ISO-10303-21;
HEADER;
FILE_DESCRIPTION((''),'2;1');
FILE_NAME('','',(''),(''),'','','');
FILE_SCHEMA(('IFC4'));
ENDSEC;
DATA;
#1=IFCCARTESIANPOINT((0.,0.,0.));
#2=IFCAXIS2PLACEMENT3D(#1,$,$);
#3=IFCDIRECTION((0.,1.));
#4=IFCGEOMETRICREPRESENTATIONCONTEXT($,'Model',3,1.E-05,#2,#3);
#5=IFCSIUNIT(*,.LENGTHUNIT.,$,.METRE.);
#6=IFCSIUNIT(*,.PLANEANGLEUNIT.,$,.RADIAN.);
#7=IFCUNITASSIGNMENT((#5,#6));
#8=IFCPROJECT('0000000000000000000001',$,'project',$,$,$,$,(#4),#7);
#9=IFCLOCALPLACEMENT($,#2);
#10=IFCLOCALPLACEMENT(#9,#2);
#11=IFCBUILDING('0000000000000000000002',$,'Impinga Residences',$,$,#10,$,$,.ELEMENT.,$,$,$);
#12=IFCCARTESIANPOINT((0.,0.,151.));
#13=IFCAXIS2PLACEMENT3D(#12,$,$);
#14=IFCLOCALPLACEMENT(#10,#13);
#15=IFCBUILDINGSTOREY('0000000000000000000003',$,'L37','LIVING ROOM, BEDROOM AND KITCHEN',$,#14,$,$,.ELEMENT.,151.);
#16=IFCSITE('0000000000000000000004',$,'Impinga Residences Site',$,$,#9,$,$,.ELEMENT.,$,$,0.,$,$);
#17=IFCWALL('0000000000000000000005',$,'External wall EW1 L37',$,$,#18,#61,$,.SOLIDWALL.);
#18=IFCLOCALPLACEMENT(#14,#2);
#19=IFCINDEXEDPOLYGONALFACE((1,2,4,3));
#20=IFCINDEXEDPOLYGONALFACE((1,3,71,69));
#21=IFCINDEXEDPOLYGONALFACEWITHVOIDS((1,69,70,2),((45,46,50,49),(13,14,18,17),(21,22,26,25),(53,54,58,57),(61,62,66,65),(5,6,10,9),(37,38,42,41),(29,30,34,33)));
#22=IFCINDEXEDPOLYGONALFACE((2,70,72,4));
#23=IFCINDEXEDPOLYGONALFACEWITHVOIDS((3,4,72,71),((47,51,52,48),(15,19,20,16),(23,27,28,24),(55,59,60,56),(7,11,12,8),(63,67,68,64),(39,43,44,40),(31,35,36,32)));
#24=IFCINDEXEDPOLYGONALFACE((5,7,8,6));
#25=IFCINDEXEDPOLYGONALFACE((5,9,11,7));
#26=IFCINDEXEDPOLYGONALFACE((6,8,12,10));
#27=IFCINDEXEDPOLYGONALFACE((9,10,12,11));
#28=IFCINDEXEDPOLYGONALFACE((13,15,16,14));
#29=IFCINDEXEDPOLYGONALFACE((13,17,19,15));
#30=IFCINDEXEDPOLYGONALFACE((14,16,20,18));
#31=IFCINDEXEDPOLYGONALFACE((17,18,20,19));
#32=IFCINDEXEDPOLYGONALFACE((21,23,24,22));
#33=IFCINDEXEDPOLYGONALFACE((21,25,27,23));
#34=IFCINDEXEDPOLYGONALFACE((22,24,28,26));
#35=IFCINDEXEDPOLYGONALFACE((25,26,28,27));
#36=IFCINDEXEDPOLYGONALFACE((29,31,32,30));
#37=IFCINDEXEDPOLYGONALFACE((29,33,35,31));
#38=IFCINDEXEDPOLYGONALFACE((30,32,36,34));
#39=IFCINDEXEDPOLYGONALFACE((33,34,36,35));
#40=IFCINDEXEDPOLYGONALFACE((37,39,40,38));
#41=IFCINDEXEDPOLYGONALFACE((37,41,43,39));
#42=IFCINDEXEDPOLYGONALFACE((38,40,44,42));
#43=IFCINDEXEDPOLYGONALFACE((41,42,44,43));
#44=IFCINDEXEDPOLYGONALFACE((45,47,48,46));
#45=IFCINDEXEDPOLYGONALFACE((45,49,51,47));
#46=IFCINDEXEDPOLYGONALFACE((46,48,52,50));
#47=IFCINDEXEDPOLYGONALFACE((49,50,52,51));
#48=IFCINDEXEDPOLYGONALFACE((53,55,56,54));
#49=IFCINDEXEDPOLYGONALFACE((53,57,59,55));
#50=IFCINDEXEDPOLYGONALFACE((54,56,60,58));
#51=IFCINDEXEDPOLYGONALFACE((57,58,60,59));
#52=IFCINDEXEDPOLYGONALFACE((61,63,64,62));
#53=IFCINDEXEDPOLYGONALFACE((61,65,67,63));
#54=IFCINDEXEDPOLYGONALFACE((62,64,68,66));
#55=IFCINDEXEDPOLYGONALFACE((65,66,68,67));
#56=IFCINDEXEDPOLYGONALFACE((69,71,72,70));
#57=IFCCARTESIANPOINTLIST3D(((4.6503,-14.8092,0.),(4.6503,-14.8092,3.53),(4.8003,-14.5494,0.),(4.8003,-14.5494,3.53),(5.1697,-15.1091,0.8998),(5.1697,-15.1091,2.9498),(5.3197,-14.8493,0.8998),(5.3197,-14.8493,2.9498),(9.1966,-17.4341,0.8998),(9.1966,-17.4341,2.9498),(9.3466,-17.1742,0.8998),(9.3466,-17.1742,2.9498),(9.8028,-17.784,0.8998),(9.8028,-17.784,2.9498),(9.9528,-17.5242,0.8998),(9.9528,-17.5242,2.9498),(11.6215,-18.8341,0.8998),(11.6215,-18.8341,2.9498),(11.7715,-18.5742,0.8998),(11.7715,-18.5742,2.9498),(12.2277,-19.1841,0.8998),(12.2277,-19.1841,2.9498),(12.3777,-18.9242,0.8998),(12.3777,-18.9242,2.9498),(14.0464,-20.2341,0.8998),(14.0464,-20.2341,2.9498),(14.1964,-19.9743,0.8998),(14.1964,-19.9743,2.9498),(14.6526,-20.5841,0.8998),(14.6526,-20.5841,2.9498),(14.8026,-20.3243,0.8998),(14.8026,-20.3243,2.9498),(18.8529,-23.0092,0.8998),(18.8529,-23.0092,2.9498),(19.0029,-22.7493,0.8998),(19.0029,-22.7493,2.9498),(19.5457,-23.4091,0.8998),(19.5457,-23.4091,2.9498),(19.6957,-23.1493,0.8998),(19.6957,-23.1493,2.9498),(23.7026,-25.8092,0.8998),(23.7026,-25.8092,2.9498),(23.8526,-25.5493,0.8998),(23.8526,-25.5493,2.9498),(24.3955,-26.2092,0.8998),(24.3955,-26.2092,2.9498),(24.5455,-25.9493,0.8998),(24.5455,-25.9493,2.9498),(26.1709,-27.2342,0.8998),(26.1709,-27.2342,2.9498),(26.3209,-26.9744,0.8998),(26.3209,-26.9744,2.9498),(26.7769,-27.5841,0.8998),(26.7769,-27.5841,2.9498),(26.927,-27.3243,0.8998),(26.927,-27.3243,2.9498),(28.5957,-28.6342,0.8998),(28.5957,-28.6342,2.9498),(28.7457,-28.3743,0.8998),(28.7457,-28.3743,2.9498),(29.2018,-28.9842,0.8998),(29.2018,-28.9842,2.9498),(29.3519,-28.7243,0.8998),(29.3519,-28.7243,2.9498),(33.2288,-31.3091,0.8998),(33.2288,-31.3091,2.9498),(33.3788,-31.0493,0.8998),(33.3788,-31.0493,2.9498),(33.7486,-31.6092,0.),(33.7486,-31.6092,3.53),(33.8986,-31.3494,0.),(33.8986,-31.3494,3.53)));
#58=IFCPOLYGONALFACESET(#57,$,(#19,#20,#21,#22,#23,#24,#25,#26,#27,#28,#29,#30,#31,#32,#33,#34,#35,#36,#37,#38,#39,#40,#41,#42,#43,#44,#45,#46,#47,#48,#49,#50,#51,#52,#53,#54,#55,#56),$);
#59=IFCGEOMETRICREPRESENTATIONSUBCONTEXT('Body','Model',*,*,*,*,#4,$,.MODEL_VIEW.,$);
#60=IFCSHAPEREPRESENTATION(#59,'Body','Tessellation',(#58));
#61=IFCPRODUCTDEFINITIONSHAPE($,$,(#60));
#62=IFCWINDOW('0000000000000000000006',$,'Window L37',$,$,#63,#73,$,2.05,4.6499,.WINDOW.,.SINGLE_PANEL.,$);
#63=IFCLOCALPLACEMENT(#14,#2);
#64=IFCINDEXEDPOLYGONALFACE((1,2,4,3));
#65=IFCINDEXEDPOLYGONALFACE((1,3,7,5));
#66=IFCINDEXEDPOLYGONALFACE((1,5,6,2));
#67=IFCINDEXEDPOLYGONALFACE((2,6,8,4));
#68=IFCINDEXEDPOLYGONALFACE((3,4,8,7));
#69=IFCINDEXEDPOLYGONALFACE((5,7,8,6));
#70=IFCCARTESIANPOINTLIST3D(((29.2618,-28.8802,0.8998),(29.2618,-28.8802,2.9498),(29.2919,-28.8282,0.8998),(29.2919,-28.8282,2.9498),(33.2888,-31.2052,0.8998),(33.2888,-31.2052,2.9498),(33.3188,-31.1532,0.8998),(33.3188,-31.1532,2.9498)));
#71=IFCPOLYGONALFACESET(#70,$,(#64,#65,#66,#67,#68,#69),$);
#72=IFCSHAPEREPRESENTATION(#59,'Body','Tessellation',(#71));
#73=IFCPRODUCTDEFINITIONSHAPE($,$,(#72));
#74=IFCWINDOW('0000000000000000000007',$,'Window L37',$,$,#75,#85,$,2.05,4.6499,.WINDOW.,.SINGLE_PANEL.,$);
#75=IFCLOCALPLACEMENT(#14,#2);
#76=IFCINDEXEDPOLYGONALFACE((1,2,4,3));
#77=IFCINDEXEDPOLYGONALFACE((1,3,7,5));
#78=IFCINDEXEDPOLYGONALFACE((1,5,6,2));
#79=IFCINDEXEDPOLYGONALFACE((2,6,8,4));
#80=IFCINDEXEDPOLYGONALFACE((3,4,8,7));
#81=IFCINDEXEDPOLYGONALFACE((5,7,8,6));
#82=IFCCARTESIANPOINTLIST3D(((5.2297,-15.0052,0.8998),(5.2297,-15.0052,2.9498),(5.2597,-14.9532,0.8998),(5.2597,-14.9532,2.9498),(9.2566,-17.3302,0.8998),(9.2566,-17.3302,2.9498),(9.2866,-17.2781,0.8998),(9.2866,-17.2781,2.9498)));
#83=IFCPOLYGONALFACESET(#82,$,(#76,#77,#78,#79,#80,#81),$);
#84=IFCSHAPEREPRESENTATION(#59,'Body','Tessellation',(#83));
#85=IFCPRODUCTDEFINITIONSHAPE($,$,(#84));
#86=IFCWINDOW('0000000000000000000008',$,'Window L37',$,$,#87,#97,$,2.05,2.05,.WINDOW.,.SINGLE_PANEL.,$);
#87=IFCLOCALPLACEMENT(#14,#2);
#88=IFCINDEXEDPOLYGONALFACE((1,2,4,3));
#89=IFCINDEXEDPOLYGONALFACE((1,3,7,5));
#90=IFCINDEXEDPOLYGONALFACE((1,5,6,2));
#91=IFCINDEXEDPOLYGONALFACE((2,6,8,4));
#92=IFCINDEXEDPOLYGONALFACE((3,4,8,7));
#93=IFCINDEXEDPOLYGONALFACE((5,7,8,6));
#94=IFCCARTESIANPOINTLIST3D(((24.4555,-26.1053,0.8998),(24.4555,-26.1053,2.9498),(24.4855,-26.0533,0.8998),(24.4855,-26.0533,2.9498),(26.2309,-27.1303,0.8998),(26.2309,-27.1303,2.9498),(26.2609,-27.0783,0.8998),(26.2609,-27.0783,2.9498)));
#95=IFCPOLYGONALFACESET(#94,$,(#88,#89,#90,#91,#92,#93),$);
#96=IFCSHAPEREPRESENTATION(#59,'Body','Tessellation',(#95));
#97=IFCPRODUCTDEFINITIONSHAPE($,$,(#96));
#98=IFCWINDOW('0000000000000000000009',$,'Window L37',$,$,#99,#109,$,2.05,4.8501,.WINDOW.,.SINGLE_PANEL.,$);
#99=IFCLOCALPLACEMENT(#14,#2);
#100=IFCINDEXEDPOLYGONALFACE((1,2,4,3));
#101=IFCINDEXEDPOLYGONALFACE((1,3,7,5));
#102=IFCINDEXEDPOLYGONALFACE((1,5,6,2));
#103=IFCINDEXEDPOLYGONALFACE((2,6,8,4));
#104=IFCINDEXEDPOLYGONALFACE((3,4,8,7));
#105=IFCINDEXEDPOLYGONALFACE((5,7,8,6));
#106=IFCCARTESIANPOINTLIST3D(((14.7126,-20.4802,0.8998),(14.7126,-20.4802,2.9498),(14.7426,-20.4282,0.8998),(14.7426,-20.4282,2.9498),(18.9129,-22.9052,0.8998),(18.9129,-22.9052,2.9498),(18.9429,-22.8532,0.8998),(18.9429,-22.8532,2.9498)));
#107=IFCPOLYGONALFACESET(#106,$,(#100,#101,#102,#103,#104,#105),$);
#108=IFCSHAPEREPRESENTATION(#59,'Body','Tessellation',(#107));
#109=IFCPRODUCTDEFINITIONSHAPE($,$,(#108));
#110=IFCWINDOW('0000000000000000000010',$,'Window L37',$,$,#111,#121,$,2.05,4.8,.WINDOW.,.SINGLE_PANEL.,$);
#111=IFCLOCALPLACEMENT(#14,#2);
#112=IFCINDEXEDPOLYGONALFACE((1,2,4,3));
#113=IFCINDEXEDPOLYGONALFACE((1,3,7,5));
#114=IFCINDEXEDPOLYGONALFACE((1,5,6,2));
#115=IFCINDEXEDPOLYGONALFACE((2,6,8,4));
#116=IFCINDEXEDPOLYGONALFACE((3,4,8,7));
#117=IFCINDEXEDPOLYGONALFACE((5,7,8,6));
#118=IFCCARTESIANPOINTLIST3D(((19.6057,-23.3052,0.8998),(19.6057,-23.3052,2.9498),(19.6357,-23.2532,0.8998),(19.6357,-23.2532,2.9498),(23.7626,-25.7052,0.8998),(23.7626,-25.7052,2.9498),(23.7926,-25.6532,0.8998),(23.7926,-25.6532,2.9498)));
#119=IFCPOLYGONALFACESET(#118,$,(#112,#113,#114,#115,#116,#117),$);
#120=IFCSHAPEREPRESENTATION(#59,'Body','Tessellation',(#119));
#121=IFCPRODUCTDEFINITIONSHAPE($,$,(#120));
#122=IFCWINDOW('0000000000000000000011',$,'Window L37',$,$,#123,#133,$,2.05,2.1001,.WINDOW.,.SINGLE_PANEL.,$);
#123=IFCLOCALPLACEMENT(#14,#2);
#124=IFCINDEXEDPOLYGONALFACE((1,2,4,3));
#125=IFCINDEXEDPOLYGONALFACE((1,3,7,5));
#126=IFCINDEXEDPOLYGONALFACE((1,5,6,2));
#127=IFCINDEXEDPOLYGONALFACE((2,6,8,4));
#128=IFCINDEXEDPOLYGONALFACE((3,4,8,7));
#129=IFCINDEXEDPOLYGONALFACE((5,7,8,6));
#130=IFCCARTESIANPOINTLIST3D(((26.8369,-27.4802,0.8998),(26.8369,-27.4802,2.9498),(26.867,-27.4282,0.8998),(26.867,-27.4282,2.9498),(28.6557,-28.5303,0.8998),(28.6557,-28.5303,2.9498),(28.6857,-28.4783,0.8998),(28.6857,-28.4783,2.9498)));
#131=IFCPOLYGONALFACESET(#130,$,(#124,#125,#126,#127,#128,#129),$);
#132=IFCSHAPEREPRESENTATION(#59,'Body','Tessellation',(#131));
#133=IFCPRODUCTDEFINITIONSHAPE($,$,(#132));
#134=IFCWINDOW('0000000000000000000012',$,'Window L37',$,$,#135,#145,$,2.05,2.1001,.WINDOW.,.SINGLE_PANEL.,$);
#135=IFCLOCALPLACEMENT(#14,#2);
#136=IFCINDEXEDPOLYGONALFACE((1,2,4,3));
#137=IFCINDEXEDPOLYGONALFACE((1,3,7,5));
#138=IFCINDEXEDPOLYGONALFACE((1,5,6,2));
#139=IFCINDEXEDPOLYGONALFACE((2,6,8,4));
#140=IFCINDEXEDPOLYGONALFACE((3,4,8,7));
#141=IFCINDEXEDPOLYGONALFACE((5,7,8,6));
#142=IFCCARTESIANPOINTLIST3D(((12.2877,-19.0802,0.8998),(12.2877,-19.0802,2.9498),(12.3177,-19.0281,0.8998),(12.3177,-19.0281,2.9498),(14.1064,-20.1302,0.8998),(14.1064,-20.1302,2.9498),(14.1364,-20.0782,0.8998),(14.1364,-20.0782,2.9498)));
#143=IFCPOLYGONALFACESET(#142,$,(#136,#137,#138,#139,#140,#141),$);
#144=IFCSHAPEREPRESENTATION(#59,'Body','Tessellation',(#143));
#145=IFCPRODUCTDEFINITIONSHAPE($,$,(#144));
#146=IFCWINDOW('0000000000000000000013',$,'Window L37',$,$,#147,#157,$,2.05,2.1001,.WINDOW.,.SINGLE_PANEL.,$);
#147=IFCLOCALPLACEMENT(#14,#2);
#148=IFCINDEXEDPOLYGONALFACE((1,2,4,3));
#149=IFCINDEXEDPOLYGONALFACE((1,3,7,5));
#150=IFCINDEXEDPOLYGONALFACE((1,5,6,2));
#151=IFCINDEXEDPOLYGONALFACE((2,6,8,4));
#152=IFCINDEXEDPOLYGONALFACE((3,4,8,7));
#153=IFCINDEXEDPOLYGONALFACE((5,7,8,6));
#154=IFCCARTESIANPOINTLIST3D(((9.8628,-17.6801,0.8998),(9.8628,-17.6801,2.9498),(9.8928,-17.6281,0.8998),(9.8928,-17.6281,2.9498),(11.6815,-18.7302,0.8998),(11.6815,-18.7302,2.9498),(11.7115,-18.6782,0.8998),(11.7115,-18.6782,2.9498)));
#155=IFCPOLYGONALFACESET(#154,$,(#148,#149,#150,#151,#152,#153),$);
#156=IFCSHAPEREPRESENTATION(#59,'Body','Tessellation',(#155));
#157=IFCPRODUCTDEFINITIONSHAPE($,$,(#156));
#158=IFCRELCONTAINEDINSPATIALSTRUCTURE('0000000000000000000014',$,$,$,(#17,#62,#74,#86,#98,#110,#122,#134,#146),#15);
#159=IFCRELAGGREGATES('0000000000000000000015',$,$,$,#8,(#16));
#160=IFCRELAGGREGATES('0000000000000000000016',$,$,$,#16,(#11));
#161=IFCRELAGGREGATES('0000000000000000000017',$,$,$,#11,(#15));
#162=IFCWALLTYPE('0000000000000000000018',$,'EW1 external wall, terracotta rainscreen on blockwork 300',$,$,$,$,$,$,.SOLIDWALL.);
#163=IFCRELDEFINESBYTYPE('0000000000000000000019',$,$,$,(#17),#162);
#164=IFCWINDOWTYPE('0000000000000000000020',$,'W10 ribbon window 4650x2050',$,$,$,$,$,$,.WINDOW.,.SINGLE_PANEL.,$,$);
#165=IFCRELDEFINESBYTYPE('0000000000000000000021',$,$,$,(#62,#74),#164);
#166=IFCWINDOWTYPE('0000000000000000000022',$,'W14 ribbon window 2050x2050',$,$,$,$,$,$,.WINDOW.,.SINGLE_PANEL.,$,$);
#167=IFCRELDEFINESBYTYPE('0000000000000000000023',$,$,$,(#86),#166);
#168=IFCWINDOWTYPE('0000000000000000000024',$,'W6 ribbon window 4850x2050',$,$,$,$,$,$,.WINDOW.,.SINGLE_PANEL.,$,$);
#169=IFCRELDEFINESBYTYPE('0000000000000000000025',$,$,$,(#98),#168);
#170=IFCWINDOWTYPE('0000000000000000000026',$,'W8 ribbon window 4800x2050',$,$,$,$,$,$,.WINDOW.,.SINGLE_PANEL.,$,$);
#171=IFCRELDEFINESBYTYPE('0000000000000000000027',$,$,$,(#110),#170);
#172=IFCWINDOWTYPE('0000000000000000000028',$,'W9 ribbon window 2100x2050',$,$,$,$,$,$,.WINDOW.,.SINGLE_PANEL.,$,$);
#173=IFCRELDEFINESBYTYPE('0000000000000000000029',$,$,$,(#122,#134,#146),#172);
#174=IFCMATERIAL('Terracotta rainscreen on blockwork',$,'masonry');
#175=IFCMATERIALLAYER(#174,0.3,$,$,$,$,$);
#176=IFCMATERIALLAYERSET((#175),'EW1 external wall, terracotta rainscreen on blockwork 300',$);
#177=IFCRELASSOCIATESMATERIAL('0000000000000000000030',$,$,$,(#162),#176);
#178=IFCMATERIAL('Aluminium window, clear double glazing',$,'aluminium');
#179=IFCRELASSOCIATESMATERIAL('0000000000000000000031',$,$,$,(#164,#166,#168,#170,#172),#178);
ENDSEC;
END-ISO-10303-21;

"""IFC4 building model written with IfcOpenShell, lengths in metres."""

from ifc_helpers import new_model, si_unit, direction, frame, frame_2d, origin, place, context, subcontext, project, spatial, rectangle, extrude, material, layer, layer_set, type_object, element, fill, save


model = new_model("IFC4")

# Units and contexts
model_context = context("Model", 3, precision=1e-05, world=origin(), true_north=direction((0.0, 1.0)))
body_context = subcontext(model_context, "Body", "Model", "MODEL_VIEW")
ifc_project = project(units=[si_unit("LENGTHUNIT", "METRE"), si_unit("PLANEANGLEUNIT", "RADIAN")], contexts=[model_context])

# Site, building, storey
site_placement = place(None, origin())
site = spatial("IfcSite", under=ifc_project, at=site_placement, Name="Impinga Residences Site", CompositionType="ELEMENT", RefElevation=0.0)
building_placement = place(site_placement, origin())
building = spatial("IfcBuilding", under=site, at=building_placement, Name="Impinga Residences", CompositionType="ELEMENT")
storey_placement = place(building_placement, frame((0.0, 0.0, 151.0)))
storey = spatial("IfcBuildingStorey", under=building, at=storey_placement, Name="L37", Description="LIVING ROOM, BEDROOM AND KITCHEN", CompositionType="ELEMENT", Elevation=151.0)

# Wall, openings, windows
ifc_material_1 = material(Name="Terracotta rainscreen on blockwork", Category="masonry")
ifc_layer_1 = layer(ifc_material_1, 0.3)
ifc_layer_set_1 = layer_set([ifc_layer_1], Name="EW1 external wall, terracotta rainscreen on blockwork 300")
wall_type_1 = type_object("IfcWallType", Name="EW1 external wall, terracotta rainscreen on blockwork 300", PredefinedType="SOLIDWALL", material=ifc_layer_set_1)
wall_1_placement = place(storey_placement, frame((33.8235, -31.4792, 0.0), z_axis=(0.0, 0.0, 1.0), x_axis=(-0.866024, 0.500002, 0.0)))
wall_1 = element("IfcWall", 1, at=wall_1_placement, inside=storey, type_object=wall_type_1, Name="External wall EW1 L37", PredefinedType="SOLIDWALL", context=body_context, shape_type="SweptSolid", body=[
    extrude(rectangle(XDim=33.5999, YDim=0.3, at=frame_2d((16.7998, 0.0))), origin(), (0.0, 0.0, 1.0), 3.53),
])
opening_1_placement = place(wall_1_placement, frame((0.6001, 0.0, 0.8999)))
opening_1 = element("IfcOpeningElement", 2, at=opening_1_placement, cuts=wall_1, PredefinedType="OPENING", context=body_context, shape_type="SweptSolid", body=[
    extrude(rectangle(XDim=4.6499, YDim=2.05, at=frame_2d((2.325, 1.0249))), frame((0.0, 0.1599, 0.0), z_axis=(0.0, -1.0, 0.0), x_axis=(1.0, 0.0, 0.0)), (0.0, 0.0, 1.0), 0.3201),
])
opening_2_placement = place(wall_1_placement, frame((5.95, 0.0, 0.8999)))
opening_2 = element("IfcOpeningElement", 3, at=opening_2_placement, cuts=wall_1, PredefinedType="OPENING", context=body_context, shape_type="SweptSolid", body=[
    extrude(rectangle(XDim=2.1001, YDim=2.05, at=frame_2d((1.05, 1.0249))), frame((0.0, 0.1599, 0.0), z_axis=(0.0, -1.0, 0.0), x_axis=(1.0, 0.0, 0.0)), (0.0, 0.0, 1.0), 0.3201),
])
opening_3_placement = place(wall_1_placement, frame((8.75, 0.0, 0.8999)))
opening_3 = element("IfcOpeningElement", 4, at=opening_3_placement, cuts=wall_1, PredefinedType="OPENING", context=body_context, shape_type="SweptSolid", body=[
    extrude(rectangle(XDim=2.05, YDim=2.05, at=frame_2d((1.0249, 1.0249))), frame((0.0, 0.1599, 0.0), z_axis=(0.0, -1.0, 0.0), x_axis=(1.0, 0.0, 0.0)), (0.0, 0.0, 1.0), 0.3201),
])
opening_4_placement = place(wall_1_placement, frame((11.6001, 0.0, 0.8999)))
opening_4 = element("IfcOpeningElement", 5, at=opening_4_placement, cuts=wall_1, PredefinedType="OPENING", context=body_context, shape_type="SweptSolid", body=[
    extrude(rectangle(XDim=4.8, YDim=2.05, at=frame_2d((2.3999, 1.0249))), frame((0.0, 0.1599, 0.0), z_axis=(0.0, -1.0, 0.0), x_axis=(1.0, 0.0, 0.0)), (0.0, 0.0, 1.0), 0.3201),
])
opening_5_placement = place(wall_1_placement, frame((17.2, 0.0, 0.8999)))
opening_5 = element("IfcOpeningElement", 6, at=opening_5_placement, cuts=wall_1, PredefinedType="OPENING", context=body_context, shape_type="SweptSolid", body=[
    extrude(rectangle(XDim=4.8501, YDim=2.05, at=frame_2d((2.425, 1.0249))), frame((0.0, 0.1599, 0.0), z_axis=(0.0, -1.0, 0.0), x_axis=(1.0, 0.0, 0.0)), (0.0, 0.0, 1.0), 0.3201),
])
opening_6_placement = place(wall_1_placement, frame((22.75, 0.0, 0.8999)))
opening_6 = element("IfcOpeningElement", 7, at=opening_6_placement, cuts=wall_1, PredefinedType="OPENING", context=body_context, shape_type="SweptSolid", body=[
    extrude(rectangle(XDim=2.1001, YDim=2.05, at=frame_2d((1.05, 1.0249))), frame((0.0, 0.1599, 0.0), z_axis=(0.0, -1.0, 0.0), x_axis=(1.0, 0.0, 0.0)), (0.0, 0.0, 1.0), 0.3201),
])
opening_7_placement = place(wall_1_placement, frame((25.55, 0.0, 0.8999)))
opening_7 = element("IfcOpeningElement", 8, at=opening_7_placement, cuts=wall_1, PredefinedType="OPENING", context=body_context, shape_type="SweptSolid", body=[
    extrude(rectangle(XDim=2.1001, YDim=2.05, at=frame_2d((1.05, 1.0249))), frame((0.0, 0.1599, 0.0), z_axis=(0.0, -1.0, 0.0), x_axis=(1.0, 0.0, 0.0)), (0.0, 0.0, 1.0), 0.3201),
])
opening_8_placement = place(wall_1_placement, frame((28.3501, 0.0, 0.8999)))
opening_8 = element("IfcOpeningElement", 9, at=opening_8_placement, cuts=wall_1, PredefinedType="OPENING", context=body_context, shape_type="SweptSolid", body=[
    extrude(rectangle(XDim=4.6499, YDim=2.05, at=frame_2d((2.325, 1.0249))), frame((0.0, 0.1599, 0.0), z_axis=(0.0, -1.0, 0.0), x_axis=(1.0, 0.0, 0.0)), (0.0, 0.0, 1.0), 0.3201),
])
ifc_material_2 = material(Name="Aluminium window, clear double glazing", Category="aluminium")
window_type_1 = type_object("IfcWindowType", Name="W10 ribbon window 4650x2050", PartitioningType="SINGLE_PANEL", PredefinedType="WINDOW", material=ifc_material_2)
window_1_placement = place(opening_1_placement, origin())
window_1 = element("IfcWindow", 10, at=window_1_placement, inside=storey, type_object=window_type_1, Name="Window L37", OverallHeight=2.05, OverallWidth=4.6499, PartitioningType="SINGLE_PANEL", PredefinedType="WINDOW", context=body_context, shape_type="SweptSolid", body=[
    extrude(rectangle(XDim=4.6499, YDim=2.05, at=frame_2d((2.325, 1.0249))), frame((0.0, 0.03, 0.0), z_axis=(0.0, -1.0, 0.0), x_axis=(1.0, 0.0, 0.0)), (0.0, 0.0, 1.0), 0.0601),
])
fill(opening_1, window_1)
window_2_placement = place(opening_8_placement, origin())
window_2 = element("IfcWindow", 11, at=window_2_placement, inside=storey, type_object=window_type_1, Name="Window L37", OverallHeight=2.05, OverallWidth=4.6499, PartitioningType="SINGLE_PANEL", PredefinedType="WINDOW", context=body_context, shape_type="SweptSolid", body=[
    extrude(rectangle(XDim=4.6499, YDim=2.05, at=frame_2d((2.325, 1.0249))), frame((0.0, 0.03, 0.0), z_axis=(0.0, -1.0, 0.0), x_axis=(1.0, 0.0, 0.0)), (0.0, 0.0, 1.0), 0.0601),
])
fill(opening_8, window_2)
window_type_2 = type_object("IfcWindowType", Name="W14 ribbon window 2050x2050", PartitioningType="SINGLE_PANEL", PredefinedType="WINDOW", material=ifc_material_2)
window_3_placement = place(opening_3_placement, origin())
window_3 = element("IfcWindow", 12, at=window_3_placement, inside=storey, type_object=window_type_2, Name="Window L37", OverallHeight=2.05, OverallWidth=2.05, PartitioningType="SINGLE_PANEL", PredefinedType="WINDOW", context=body_context, shape_type="SweptSolid", body=[
    extrude(rectangle(XDim=2.05, YDim=2.05, at=frame_2d((1.0249, 1.0249))), frame((0.0, 0.03, 0.0), z_axis=(0.0, -1.0, 0.0), x_axis=(1.0, 0.0, 0.0)), (0.0, 0.0, 1.0), 0.0601),
])
fill(opening_3, window_3)
window_type_3 = type_object("IfcWindowType", Name="W6 ribbon window 4850x2050", PartitioningType="SINGLE_PANEL", PredefinedType="WINDOW", material=ifc_material_2)
window_4_placement = place(opening_5_placement, origin())
window_4 = element("IfcWindow", 13, at=window_4_placement, inside=storey, type_object=window_type_3, Name="Window L37", OverallHeight=2.05, OverallWidth=4.8501, PartitioningType="SINGLE_PANEL", PredefinedType="WINDOW", context=body_context, shape_type="SweptSolid", body=[
    extrude(rectangle(XDim=4.8501, YDim=2.05, at=frame_2d((2.425, 1.0249))), frame((0.0, 0.03, 0.0), z_axis=(0.0, -1.0, 0.0), x_axis=(1.0, 0.0, 0.0)), (0.0, 0.0, 1.0), 0.0601),
])
fill(opening_5, window_4)
window_type_4 = type_object("IfcWindowType", Name="W8 ribbon window 4800x2050", PartitioningType="SINGLE_PANEL", PredefinedType="WINDOW", material=ifc_material_2)
window_5_placement = place(opening_4_placement, origin())
window_5 = element("IfcWindow", 14, at=window_5_placement, inside=storey, type_object=window_type_4, Name="Window L37", OverallHeight=2.05, OverallWidth=4.8, PartitioningType="SINGLE_PANEL", PredefinedType="WINDOW", context=body_context, shape_type="SweptSolid", body=[
    extrude(rectangle(XDim=4.8, YDim=2.05, at=frame_2d((2.3999, 1.0249))), frame((0.0, 0.03, 0.0), z_axis=(0.0, -1.0, 0.0), x_axis=(1.0, 0.0, 0.0)), (0.0, 0.0, 1.0), 0.0601),
])
fill(opening_4, window_5)
window_type_5 = type_object("IfcWindowType", Name="W9 ribbon window 2100x2050", PartitioningType="SINGLE_PANEL", PredefinedType="WINDOW", material=ifc_material_2)
window_6_placement = place(opening_2_placement, origin())
window_6 = element("IfcWindow", 15, at=window_6_placement, inside=storey, type_object=window_type_5, Name="Window L37", OverallHeight=2.05, OverallWidth=2.1001, PartitioningType="SINGLE_PANEL", PredefinedType="WINDOW", context=body_context, shape_type="SweptSolid", body=[
    extrude(rectangle(XDim=2.1001, YDim=2.05, at=frame_2d((1.05, 1.0249))), frame((0.0, 0.03, 0.0), z_axis=(0.0, -1.0, 0.0), x_axis=(1.0, 0.0, 0.0)), (0.0, 0.0, 1.0), 0.0601),
])
fill(opening_2, window_6)
window_7_placement = place(opening_6_placement, origin())
window_7 = element("IfcWindow", 16, at=window_7_placement, inside=storey, type_object=window_type_5, Name="Window L37", OverallHeight=2.05, OverallWidth=2.1001, PartitioningType="SINGLE_PANEL", PredefinedType="WINDOW", context=body_context, shape_type="SweptSolid", body=[
    extrude(rectangle(XDim=2.1001, YDim=2.05, at=frame_2d((1.05, 1.0249))), frame((0.0, 0.03, 0.0), z_axis=(0.0, -1.0, 0.0), x_axis=(1.0, 0.0, 0.0)), (0.0, 0.0, 1.0), 0.0601),
])
fill(opening_6, window_7)
window_8_placement = place(opening_7_placement, origin())
window_8 = element("IfcWindow", 17, at=window_8_placement, inside=storey, type_object=window_type_5, Name="Window L37", OverallHeight=2.05, OverallWidth=2.1001, PartitioningType="SINGLE_PANEL", PredefinedType="WINDOW", context=body_context, shape_type="SweptSolid", body=[
    extrude(rectangle(XDim=2.1001, YDim=2.05, at=frame_2d((1.05, 1.0249))), frame((0.0, 0.03, 0.0), z_axis=(0.0, -1.0, 0.0), x_axis=(1.0, 0.0, 0.0)), (0.0, 0.0, 1.0), 0.0601),
])
fill(opening_7, window_8)

save(model, "model.ifc")
